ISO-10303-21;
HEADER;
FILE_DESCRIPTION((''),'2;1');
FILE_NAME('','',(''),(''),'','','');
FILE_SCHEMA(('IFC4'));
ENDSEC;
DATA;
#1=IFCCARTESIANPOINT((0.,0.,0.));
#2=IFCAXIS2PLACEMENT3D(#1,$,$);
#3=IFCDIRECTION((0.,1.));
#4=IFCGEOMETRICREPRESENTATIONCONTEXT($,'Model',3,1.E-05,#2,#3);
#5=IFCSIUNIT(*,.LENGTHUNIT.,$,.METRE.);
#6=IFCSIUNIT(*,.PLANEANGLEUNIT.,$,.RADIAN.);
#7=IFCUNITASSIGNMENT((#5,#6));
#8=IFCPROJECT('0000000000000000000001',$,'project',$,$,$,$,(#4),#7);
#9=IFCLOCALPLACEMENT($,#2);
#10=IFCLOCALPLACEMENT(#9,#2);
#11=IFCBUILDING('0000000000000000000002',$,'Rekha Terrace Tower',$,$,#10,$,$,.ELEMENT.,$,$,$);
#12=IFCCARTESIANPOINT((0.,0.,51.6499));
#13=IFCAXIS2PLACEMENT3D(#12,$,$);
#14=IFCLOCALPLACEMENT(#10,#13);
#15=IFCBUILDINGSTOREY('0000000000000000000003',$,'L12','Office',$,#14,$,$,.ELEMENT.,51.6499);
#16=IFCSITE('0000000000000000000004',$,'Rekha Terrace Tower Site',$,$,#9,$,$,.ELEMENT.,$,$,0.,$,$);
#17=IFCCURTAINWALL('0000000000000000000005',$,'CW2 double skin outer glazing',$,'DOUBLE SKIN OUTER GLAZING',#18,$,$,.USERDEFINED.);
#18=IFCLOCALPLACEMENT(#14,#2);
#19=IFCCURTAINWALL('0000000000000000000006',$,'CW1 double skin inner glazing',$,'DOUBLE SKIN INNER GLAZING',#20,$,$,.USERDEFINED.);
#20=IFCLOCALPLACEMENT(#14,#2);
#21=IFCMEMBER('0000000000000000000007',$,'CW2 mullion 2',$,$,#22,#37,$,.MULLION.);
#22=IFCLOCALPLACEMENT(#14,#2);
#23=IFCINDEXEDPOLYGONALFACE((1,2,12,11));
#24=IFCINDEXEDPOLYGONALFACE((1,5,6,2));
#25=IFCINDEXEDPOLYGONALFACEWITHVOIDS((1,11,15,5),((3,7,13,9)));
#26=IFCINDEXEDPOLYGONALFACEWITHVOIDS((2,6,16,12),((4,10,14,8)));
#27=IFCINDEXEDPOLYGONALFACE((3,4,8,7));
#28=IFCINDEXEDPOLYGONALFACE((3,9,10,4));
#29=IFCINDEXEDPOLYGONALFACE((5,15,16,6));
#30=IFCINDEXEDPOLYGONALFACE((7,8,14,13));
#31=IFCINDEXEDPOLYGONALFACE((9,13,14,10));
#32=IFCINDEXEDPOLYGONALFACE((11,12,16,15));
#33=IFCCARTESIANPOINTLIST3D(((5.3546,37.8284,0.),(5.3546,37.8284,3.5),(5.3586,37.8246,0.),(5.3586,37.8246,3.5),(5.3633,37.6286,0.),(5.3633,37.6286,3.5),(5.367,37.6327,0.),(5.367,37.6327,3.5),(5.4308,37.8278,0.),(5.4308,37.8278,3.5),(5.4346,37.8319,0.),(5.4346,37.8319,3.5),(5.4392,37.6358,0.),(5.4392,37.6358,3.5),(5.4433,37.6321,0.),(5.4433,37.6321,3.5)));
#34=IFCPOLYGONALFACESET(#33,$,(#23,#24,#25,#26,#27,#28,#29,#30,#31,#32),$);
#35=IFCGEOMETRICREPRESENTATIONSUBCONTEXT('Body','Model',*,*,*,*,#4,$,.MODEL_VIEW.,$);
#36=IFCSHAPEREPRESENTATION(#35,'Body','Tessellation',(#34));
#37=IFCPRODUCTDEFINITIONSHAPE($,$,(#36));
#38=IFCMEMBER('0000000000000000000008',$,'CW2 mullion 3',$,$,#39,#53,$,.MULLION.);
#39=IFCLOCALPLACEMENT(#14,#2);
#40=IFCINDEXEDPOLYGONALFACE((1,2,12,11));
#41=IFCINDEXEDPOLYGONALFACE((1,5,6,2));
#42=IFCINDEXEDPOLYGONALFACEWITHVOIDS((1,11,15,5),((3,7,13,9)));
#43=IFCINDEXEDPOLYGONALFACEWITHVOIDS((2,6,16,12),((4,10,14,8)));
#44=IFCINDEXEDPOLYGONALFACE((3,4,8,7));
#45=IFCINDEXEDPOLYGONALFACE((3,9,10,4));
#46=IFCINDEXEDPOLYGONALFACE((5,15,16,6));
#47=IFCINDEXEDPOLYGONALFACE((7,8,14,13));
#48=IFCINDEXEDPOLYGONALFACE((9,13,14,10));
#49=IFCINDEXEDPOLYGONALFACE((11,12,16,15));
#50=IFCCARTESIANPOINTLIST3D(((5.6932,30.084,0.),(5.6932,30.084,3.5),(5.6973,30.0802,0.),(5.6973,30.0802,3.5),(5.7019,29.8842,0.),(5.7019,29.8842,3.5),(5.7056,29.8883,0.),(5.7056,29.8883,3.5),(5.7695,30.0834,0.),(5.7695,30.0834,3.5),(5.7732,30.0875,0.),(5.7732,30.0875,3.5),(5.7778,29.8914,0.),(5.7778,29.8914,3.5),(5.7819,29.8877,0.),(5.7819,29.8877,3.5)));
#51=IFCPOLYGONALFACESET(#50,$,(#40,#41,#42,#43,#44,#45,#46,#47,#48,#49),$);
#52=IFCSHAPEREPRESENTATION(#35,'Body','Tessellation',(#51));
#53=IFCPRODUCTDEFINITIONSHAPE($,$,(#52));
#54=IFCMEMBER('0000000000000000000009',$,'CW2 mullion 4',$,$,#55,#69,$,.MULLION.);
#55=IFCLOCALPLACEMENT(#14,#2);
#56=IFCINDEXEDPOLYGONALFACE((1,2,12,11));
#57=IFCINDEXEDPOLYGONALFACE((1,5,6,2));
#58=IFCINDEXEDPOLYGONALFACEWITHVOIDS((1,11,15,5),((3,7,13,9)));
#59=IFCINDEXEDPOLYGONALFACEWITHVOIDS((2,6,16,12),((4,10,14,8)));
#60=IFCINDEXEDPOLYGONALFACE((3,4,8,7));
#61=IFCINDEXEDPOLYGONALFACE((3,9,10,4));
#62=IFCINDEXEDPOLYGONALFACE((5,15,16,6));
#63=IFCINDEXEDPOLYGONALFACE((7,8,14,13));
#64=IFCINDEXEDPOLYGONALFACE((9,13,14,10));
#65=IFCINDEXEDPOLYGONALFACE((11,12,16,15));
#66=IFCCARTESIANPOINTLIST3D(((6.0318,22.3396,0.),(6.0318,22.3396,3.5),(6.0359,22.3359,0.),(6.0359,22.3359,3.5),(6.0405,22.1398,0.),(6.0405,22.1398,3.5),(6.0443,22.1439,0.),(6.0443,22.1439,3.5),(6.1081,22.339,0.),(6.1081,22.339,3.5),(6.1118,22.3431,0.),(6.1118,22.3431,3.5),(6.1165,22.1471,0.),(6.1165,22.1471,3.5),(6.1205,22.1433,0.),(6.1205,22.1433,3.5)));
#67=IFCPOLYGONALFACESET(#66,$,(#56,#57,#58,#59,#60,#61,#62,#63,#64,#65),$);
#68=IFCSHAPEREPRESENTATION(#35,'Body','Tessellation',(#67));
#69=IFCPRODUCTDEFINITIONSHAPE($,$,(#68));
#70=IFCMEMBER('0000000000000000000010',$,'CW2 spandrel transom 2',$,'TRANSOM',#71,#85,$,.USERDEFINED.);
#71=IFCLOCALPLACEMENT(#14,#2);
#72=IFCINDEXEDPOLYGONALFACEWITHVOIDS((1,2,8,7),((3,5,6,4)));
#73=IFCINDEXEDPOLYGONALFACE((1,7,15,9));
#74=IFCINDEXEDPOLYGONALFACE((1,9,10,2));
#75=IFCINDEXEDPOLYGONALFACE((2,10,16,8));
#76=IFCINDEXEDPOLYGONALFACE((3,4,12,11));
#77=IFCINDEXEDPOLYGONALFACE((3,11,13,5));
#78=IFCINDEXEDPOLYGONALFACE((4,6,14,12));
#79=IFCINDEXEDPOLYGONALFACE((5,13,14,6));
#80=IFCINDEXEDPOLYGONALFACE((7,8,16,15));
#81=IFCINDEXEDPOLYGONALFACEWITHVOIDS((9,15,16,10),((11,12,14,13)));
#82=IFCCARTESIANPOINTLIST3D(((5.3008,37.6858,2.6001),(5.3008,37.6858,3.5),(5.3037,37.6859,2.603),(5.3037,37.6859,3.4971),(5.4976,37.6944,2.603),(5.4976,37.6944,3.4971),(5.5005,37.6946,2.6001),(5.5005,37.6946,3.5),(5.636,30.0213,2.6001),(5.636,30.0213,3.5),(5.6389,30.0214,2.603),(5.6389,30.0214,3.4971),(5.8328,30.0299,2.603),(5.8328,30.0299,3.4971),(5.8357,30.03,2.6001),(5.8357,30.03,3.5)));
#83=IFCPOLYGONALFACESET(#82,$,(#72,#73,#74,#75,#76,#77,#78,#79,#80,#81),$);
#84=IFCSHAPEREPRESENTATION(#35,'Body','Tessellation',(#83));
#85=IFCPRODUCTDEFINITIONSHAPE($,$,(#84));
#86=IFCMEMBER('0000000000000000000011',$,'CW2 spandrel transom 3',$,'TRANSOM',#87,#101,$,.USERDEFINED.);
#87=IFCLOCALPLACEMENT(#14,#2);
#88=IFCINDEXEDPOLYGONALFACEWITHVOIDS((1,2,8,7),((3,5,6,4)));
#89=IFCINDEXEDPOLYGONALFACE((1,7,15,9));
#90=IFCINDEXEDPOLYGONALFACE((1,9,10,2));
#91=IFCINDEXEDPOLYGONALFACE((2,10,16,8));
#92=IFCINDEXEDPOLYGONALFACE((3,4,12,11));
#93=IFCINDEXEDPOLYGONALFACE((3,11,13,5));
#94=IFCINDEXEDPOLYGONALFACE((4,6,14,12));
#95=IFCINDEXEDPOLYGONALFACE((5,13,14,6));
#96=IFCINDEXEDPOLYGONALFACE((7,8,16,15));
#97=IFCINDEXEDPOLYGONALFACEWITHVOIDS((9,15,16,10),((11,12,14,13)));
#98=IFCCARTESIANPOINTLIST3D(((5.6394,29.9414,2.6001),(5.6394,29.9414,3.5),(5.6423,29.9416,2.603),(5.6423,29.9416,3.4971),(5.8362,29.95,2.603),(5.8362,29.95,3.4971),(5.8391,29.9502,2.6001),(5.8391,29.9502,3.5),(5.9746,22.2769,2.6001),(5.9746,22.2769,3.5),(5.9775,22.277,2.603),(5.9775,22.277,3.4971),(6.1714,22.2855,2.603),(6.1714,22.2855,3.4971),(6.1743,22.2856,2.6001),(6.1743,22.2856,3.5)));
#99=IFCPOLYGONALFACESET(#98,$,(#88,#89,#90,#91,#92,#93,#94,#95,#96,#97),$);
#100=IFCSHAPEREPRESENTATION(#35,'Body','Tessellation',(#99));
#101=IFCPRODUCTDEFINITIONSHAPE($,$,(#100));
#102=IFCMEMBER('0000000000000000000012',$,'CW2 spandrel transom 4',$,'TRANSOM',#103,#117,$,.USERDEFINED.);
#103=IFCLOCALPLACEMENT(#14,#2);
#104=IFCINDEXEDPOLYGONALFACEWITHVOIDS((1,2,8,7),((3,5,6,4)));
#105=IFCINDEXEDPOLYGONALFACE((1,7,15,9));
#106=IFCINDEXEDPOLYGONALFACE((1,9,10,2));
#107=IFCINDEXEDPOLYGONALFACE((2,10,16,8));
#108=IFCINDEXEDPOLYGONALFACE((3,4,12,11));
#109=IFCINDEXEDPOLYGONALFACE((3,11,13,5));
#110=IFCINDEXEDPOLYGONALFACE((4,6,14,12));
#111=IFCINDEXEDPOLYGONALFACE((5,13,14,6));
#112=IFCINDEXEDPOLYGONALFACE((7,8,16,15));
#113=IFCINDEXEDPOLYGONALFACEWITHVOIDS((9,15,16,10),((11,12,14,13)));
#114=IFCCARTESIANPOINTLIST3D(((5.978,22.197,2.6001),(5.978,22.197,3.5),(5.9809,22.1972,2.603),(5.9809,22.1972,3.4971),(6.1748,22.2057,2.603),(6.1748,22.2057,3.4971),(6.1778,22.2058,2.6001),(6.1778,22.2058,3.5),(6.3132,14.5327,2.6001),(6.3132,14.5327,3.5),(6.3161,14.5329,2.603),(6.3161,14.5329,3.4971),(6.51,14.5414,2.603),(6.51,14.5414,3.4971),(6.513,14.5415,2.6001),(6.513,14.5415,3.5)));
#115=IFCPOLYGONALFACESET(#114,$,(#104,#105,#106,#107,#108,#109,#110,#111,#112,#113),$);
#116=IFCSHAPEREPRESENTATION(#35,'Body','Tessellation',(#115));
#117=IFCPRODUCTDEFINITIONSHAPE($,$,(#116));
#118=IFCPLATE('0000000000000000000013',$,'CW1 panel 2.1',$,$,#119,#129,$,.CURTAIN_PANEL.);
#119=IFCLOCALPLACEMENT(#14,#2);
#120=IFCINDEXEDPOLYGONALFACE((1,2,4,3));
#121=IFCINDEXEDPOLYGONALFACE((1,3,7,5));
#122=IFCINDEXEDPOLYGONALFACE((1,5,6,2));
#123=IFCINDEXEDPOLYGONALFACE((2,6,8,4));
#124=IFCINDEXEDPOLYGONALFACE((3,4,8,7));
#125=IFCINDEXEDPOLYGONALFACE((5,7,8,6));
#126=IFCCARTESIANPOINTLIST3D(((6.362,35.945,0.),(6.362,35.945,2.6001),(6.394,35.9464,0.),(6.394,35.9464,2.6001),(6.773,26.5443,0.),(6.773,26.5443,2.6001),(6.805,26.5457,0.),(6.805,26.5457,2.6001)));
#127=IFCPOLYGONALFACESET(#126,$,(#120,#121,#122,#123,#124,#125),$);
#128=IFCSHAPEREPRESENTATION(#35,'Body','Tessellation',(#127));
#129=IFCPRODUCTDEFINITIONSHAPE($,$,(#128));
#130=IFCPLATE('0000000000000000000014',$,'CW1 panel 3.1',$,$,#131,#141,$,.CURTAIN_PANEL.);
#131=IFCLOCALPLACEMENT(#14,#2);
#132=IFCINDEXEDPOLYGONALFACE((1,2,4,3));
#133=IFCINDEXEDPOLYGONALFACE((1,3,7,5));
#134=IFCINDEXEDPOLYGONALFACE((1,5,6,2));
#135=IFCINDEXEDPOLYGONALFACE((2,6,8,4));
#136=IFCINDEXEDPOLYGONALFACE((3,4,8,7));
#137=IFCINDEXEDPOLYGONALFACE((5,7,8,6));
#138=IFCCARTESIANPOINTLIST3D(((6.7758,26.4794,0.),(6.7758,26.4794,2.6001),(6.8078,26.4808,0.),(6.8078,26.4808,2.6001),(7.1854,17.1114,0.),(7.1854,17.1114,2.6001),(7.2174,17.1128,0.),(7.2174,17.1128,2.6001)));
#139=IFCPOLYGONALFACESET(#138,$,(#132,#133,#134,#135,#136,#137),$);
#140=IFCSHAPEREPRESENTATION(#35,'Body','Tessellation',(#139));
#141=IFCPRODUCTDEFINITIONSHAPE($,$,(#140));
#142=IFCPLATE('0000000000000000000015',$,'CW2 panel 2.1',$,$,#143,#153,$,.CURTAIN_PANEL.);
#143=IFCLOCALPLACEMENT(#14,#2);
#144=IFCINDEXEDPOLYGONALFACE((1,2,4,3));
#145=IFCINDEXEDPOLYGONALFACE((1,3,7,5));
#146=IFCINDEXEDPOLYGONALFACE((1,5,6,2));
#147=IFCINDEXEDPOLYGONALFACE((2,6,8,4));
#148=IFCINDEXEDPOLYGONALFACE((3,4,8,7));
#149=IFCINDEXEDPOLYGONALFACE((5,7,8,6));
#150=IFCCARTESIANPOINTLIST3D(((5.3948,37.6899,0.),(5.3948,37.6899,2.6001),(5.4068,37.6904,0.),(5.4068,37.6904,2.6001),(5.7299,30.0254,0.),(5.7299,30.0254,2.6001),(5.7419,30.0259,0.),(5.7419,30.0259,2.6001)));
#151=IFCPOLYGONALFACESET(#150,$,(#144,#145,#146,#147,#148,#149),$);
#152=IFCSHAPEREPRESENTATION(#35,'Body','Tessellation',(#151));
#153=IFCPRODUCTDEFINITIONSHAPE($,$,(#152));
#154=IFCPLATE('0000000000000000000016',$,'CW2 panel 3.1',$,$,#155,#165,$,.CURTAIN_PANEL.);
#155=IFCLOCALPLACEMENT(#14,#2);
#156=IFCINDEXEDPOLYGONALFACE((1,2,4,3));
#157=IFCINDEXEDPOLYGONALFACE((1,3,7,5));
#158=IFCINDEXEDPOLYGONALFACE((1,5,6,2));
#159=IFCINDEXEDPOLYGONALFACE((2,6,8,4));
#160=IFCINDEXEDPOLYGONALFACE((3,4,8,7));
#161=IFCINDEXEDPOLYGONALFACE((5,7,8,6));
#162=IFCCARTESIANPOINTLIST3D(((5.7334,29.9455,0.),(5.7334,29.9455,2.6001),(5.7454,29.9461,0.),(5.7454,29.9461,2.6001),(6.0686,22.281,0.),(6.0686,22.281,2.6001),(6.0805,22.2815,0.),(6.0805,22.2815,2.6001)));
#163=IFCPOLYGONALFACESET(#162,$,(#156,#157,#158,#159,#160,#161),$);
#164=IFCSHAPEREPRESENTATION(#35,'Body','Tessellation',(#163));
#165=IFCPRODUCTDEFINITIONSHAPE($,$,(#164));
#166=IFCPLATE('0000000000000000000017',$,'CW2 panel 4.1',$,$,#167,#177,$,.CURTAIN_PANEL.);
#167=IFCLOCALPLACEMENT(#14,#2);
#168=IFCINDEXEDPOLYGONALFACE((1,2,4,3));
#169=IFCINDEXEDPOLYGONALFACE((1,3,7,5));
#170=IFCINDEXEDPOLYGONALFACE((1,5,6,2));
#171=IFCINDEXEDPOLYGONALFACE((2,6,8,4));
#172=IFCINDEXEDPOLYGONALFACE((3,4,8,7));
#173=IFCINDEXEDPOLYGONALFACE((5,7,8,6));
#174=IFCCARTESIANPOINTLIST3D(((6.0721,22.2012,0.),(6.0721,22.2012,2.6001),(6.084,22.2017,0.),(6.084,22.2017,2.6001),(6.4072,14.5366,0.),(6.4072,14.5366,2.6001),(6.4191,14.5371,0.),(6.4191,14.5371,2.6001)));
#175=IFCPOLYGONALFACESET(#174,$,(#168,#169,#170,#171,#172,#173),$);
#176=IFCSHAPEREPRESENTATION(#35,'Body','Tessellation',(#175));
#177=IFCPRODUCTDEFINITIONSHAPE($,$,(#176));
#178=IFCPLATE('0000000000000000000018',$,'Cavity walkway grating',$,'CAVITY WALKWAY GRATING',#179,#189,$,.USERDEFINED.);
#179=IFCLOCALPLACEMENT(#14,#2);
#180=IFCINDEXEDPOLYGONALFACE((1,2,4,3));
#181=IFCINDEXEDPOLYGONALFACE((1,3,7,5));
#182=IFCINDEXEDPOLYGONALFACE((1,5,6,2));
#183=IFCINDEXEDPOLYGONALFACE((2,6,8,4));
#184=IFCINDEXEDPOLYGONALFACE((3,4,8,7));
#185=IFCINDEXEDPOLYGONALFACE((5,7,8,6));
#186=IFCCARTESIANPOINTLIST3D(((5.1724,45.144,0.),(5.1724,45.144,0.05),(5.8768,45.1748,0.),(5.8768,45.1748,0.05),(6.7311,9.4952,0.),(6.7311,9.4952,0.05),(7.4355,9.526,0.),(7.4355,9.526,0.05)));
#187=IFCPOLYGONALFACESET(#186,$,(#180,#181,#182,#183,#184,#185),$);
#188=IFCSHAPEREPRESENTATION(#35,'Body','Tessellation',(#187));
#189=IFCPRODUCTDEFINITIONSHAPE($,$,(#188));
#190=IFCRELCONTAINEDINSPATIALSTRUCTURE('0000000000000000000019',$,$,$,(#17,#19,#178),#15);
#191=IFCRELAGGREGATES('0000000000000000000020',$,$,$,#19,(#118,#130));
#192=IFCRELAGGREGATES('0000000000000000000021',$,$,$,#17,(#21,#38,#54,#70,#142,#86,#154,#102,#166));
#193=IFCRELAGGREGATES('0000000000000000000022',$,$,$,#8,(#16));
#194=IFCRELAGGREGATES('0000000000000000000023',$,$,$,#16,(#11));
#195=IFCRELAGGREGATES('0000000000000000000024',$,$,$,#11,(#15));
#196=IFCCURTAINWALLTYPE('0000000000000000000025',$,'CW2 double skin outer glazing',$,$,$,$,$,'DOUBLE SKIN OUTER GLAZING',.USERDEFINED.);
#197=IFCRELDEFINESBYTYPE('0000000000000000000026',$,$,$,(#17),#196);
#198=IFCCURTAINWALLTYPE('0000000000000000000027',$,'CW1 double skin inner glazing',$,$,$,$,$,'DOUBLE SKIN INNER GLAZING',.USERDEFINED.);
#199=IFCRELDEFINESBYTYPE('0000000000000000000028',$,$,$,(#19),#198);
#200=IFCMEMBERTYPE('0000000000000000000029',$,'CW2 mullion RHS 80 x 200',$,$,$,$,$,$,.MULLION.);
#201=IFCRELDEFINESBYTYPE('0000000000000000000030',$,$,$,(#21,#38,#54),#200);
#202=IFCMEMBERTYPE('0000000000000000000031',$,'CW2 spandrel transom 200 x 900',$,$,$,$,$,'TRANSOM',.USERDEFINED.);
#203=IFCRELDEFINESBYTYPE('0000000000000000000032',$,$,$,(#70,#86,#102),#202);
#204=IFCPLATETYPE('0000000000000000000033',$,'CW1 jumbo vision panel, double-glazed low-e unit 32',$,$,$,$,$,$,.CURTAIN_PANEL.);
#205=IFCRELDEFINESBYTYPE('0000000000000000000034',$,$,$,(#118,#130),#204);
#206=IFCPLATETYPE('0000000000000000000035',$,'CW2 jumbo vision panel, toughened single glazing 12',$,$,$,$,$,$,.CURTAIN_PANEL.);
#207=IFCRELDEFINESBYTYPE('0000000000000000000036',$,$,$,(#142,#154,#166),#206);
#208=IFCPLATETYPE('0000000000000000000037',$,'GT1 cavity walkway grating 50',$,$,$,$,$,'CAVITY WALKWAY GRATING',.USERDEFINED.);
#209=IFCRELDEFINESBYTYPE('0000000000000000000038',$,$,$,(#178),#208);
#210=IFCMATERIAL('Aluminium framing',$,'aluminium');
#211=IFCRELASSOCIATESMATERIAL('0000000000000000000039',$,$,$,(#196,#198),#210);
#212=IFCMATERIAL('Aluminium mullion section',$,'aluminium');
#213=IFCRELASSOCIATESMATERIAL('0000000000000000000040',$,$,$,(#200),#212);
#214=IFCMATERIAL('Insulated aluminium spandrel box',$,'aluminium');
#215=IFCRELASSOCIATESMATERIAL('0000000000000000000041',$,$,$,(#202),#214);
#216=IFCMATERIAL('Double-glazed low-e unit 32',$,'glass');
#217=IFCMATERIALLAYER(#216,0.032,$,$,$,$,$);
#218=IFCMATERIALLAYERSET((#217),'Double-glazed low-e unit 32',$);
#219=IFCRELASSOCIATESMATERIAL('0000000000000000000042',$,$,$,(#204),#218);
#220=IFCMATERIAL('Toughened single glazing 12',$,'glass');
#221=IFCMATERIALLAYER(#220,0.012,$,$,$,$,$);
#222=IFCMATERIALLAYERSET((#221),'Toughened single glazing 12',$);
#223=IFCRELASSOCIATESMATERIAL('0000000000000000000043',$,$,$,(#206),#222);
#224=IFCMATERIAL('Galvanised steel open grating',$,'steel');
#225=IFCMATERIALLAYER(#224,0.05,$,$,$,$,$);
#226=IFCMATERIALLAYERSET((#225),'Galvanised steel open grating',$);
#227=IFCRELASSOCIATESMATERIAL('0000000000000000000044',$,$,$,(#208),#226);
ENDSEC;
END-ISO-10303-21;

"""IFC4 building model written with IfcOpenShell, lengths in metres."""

from ifc_helpers import new_model, si_unit, direction, frame, origin, origin_2d, place, context, subcontext, project, spatial, rectangle, hollow_rectangle, extrude, material, layer, layer_set, material_profile, profile_set, type_object, element, aggregate, save


model = new_model("IFC4")

# Units and contexts
model_context = context("Model", 3, precision=1e-05, world=origin(), true_north=direction((0.0, 1.0)))
body_context = subcontext(model_context, "Body", "Model", "MODEL_VIEW")
ifc_project = project(units=[si_unit("LENGTHUNIT", "METRE"), si_unit("PLANEANGLEUNIT", "RADIAN")], contexts=[model_context])

# Site, building, storey
site_placement = place(None, origin())
site = spatial("IfcSite", under=ifc_project, at=site_placement, Name="Rekha Terrace Tower Site", CompositionType="ELEMENT", RefElevation=0.0)
building_placement = place(site_placement, origin())
building = spatial("IfcBuilding", under=site, at=building_placement, Name="Rekha Terrace Tower", CompositionType="ELEMENT")
storey_placement = place(building_placement, frame((0.0, 0.0, 51.6499)))
storey = spatial("IfcBuildingStorey", under=building, at=storey_placement, Name="L12", Description="Office", CompositionType="ELEMENT", Elevation=51.6499)

# Curtain walls
ifc_material_1 = material(Name="Aluminium framing", Category="aluminium")
curtain_wall_type_1 = type_object("IfcCurtainWallType", Name="CW2 double skin outer glazing", ElementType="DOUBLE SKIN OUTER GLAZING", PredefinedType="USERDEFINED", material=ifc_material_1)
curtain_wall_1_placement = place(storey_placement, origin())
curtain_wall_1 = element("IfcCurtainWall", 1, at=curtain_wall_1_placement, inside=storey, type_object=curtain_wall_type_1, Name="CW2 double skin outer glazing", ObjectType="DOUBLE SKIN OUTER GLAZING", PredefinedType="USERDEFINED")
curtain_wall_type_2 = type_object("IfcCurtainWallType", Name="CW1 double skin inner glazing", ElementType="DOUBLE SKIN INNER GLAZING", PredefinedType="USERDEFINED", material=ifc_material_1)
curtain_wall_2_placement = place(storey_placement, origin())
curtain_wall_2 = element("IfcCurtainWall", 2, at=curtain_wall_2_placement, inside=storey, type_object=curtain_wall_type_2, Name="CW1 double skin inner glazing", ObjectType="DOUBLE SKIN INNER GLAZING", PredefinedType="USERDEFINED")
ifc_material_2 = material(Name="Aluminium mullion section", Category="aluminium")
ifc_material_3 = material(Name="Insulated aluminium spandrel box", Category="aluminium")

# Members
ifc_material_profile_1 = material_profile(ifc_material_2, hollow_rectangle(XDim=0.0801, YDim=0.2, WallThickness=0.0039, at=origin_2d()), Name="AL RHS 80x200")
ifc_profile_set_1 = profile_set([ifc_material_profile_1], Name="Aluminium mullion section")
member_type_1 = type_object("IfcMemberType", Name="CW2 mullion RHS 80 x 200", PredefinedType="MULLION", material=ifc_profile_set_1)
member_1_placement = place(storey_placement, frame((5.3989, 37.7302, 0.0), z_axis=(0.0, 0.0, 1.0), x_axis=(0.999045, 0.043683, 0.0)))
member_1 = element("IfcMember", 3, at=member_1_placement, type_object=member_type_1, Name="CW2 mullion 2", PredefinedType="MULLION", context=body_context, shape_type="SweptSolid", body=[
    extrude(hollow_rectangle(XDim=0.0801, YDim=0.2, WallThickness=0.0039, at=origin_2d()), origin(), (0.0, 0.0, 1.0), 3.5),
])
member_2_placement = place(storey_placement, frame((5.7375, 29.9858, 0.0), z_axis=(0.0, 0.0, 1.0), x_axis=(0.999045, 0.043683, 0.0)))
member_2 = element("IfcMember", 4, at=member_2_placement, type_object=member_type_1, Name="CW2 mullion 3", PredefinedType="MULLION", context=body_context, shape_type="SweptSolid", body=[
    extrude(hollow_rectangle(XDim=0.0801, YDim=0.2, WallThickness=0.0039, at=origin_2d()), origin(), (0.0, 0.0, 1.0), 3.5),
])
member_3_placement = place(storey_placement, frame((6.0762, 22.2415, 0.0), z_axis=(0.0, 0.0, 1.0), x_axis=(0.999045, 0.043683, 0.0)))
member_3 = element("IfcMember", 5, at=member_3_placement, type_object=member_type_1, Name="CW2 mullion 4", PredefinedType="MULLION", context=body_context, shape_type="SweptSolid", body=[
    extrude(hollow_rectangle(XDim=0.0801, YDim=0.2, WallThickness=0.0039, at=origin_2d()), origin(), (0.0, 0.0, 1.0), 3.5),
])
ifc_material_profile_2 = material_profile(ifc_material_3, hollow_rectangle(XDim=0.2, YDim=0.8999, WallThickness=0.0029, at=origin_2d()), Name="AL SPANDREL BOX 200x900")
ifc_profile_set_2 = profile_set([ifc_material_profile_2], Name="Insulated aluminium spandrel box")
member_type_2 = type_object("IfcMemberType", Name="CW2 spandrel transom 200 x 900", ElementType="TRANSOM", PredefinedType="USERDEFINED", material=ifc_profile_set_2)
member_4_placement = place(storey_placement, frame((5.4006, 37.6902, 3.05), z_axis=(0.043693, -0.999045, 0.0), x_axis=(0.999045, 0.043693, 0.0)))
member_4 = element("IfcMember", 6, at=member_4_placement, type_object=member_type_2, Name="CW2 spandrel transom 2", ObjectType="TRANSOM", PredefinedType="USERDEFINED", context=body_context, shape_type="SweptSolid", body=[
    extrude(hollow_rectangle(XDim=0.2, YDim=0.8999, WallThickness=0.0029, at=origin_2d()), origin(), (0.0, 0.0, 1.0), 7.6719),
])
member_5_placement = place(storey_placement, frame((5.7393, 29.9458, 3.05), z_axis=(0.043693, -0.999045, 0.0), x_axis=(0.999045, 0.043693, 0.0)))
member_5 = element("IfcMember", 7, at=member_5_placement, type_object=member_type_2, Name="CW2 spandrel transom 3", ObjectType="TRANSOM", PredefinedType="USERDEFINED", context=body_context, shape_type="SweptSolid", body=[
    extrude(hollow_rectangle(XDim=0.2, YDim=0.8999, WallThickness=0.0029, at=origin_2d()), origin(), (0.0, 0.0, 1.0), 7.6719),
])
member_6_placement = place(storey_placement, frame((6.0779, 22.2014, 3.05), z_axis=(0.043694, -0.999045, 0.0), x_axis=(0.999045, 0.043694, 0.0)))
member_6 = element("IfcMember", 8, at=member_6_placement, type_object=member_type_2, Name="CW2 spandrel transom 4", ObjectType="TRANSOM", PredefinedType="USERDEFINED", context=body_context, shape_type="SweptSolid", body=[
    extrude(hollow_rectangle(XDim=0.2, YDim=0.8999, WallThickness=0.0029, at=origin_2d()), origin(), (0.0, 0.0, 1.0), 7.6716),
])

# Plates
ifc_material_4 = material(Name="Double-glazed low-e unit 32", Category="glass")
ifc_layer_1 = layer(ifc_material_4, 0.032)
ifc_layer_set_1 = layer_set([ifc_layer_1], Name="Double-glazed low-e unit 32")
plate_type_1 = type_object("IfcPlateType", Name="CW1 jumbo vision panel, double-glazed low-e unit 32", PredefinedType="CURTAIN_PANEL", material=ifc_layer_set_1)
plate_1_placement = place(storey_placement, frame((6.5835, 31.2454, 0.0), z_axis=(0.0, 0.0, 1.0), x_axis=(0.043683, -0.999045, 0.0)))
plate_1 = element("IfcPlate", 9, at=plate_1_placement, type_object=plate_type_1, Name="CW1 panel 2.1", PredefinedType="CURTAIN_PANEL", context=body_context, shape_type="SweptSolid", body=[
    extrude(rectangle(XDim=9.4097, YDim=0.032, at=origin_2d()), origin(), (0.0, 0.0, 1.0), 2.6001),
])
plate_2_placement = place(storey_placement, frame((6.9966, 21.7961, 0.0), z_axis=(0.0, 0.0, 1.0), x_axis=(0.043683, -0.999045, 0.0)))
plate_2 = element("IfcPlate", 10, at=plate_2_placement, type_object=plate_type_1, Name="CW1 panel 3.1", PredefinedType="CURTAIN_PANEL", context=body_context, shape_type="SweptSolid", body=[
    extrude(rectangle(XDim=9.377, YDim=0.032, at=origin_2d()), origin(), (0.0, 0.0, 1.0), 2.6001),
])
aggregate(curtain_wall_2, [plate_1, plate_2])
ifc_material_5 = material(Name="Toughened single glazing 12", Category="glass")
ifc_layer_2 = layer(ifc_material_5, 0.012)
ifc_layer_set_2 = layer_set([ifc_layer_2], Name="Toughened single glazing 12")
plate_type_2 = type_object("IfcPlateType", Name="CW2 jumbo vision panel, toughened single glazing 12", PredefinedType="CURTAIN_PANEL", material=ifc_layer_set_2)
plate_3_placement = place(storey_placement, frame((5.5684, 33.8579, 0.0), z_axis=(0.0, 0.0, 1.0), x_axis=(0.043683, -0.999045, 0.0)))
plate_3 = element("IfcPlate", 11, at=plate_3_placement, type_object=plate_type_2, Name="CW2 panel 2.1", PredefinedType="CURTAIN_PANEL", context=body_context, shape_type="SweptSolid", body=[
    extrude(rectangle(XDim=7.6719, YDim=0.012, at=origin_2d()), origin(), (0.0, 0.0, 1.0), 2.6001),
])
plate_4_placement = place(storey_placement, frame((5.907, 26.1135, 0.0), z_axis=(0.0, 0.0, 1.0), x_axis=(0.043683, -0.999045, 0.0)))
plate_4 = element("IfcPlate", 12, at=plate_4_placement, type_object=plate_type_2, Name="CW2 panel 3.1", PredefinedType="CURTAIN_PANEL", context=body_context, shape_type="SweptSolid", body=[
    extrude(rectangle(XDim=7.6719, YDim=0.012, at=origin_2d()), origin(), (0.0, 0.0, 1.0), 2.6001),
])
plate_5_placement = place(storey_placement, frame((6.2456, 18.3691, 0.0), z_axis=(0.0, 0.0, 1.0), x_axis=(0.043683, -0.999045, 0.0)))
plate_5 = element("IfcPlate", 13, at=plate_5_placement, type_object=plate_type_2, Name="CW2 panel 4.1", PredefinedType="CURTAIN_PANEL", context=body_context, shape_type="SweptSolid", body=[
    extrude(rectangle(XDim=7.6719, YDim=0.012, at=origin_2d()), origin(), (0.0, 0.0, 1.0), 2.6001),
])
aggregate(curtain_wall_1, [member_1, member_2, member_3, member_4, plate_3, member_5, plate_4, member_6, plate_5])
ifc_material_6 = material(Name="Galvanised steel open grating", Category="steel")
ifc_layer_3 = layer(ifc_material_6, 0.05)
ifc_layer_set_3 = layer_set([ifc_layer_3], Name="Galvanised steel open grating")
plate_type_3 = type_object("IfcPlateType", Name="GT1 cavity walkway grating 50", ElementType="CAVITY WALKWAY GRATING", PredefinedType="USERDEFINED", material=ifc_layer_set_3)
plate_6_placement = place(storey_placement, frame((6.304, 27.335, 0.0), z_axis=(0.0, 0.0, 1.0), x_axis=(0.043683, -0.999045, 0.0)))
element("IfcPlate", 14, at=plate_6_placement, inside=storey, type_object=plate_type_3, Name="Cavity walkway grating", ObjectType="CAVITY WALKWAY GRATING", PredefinedType="USERDEFINED", context=body_context, shape_type="SweptSolid", body=[
    extrude(rectangle(XDim=35.6829, YDim=0.7051, at=origin_2d()), origin(), (0.0, 0.0, 1.0), 0.05),
])

save(model, "model.ifc")
